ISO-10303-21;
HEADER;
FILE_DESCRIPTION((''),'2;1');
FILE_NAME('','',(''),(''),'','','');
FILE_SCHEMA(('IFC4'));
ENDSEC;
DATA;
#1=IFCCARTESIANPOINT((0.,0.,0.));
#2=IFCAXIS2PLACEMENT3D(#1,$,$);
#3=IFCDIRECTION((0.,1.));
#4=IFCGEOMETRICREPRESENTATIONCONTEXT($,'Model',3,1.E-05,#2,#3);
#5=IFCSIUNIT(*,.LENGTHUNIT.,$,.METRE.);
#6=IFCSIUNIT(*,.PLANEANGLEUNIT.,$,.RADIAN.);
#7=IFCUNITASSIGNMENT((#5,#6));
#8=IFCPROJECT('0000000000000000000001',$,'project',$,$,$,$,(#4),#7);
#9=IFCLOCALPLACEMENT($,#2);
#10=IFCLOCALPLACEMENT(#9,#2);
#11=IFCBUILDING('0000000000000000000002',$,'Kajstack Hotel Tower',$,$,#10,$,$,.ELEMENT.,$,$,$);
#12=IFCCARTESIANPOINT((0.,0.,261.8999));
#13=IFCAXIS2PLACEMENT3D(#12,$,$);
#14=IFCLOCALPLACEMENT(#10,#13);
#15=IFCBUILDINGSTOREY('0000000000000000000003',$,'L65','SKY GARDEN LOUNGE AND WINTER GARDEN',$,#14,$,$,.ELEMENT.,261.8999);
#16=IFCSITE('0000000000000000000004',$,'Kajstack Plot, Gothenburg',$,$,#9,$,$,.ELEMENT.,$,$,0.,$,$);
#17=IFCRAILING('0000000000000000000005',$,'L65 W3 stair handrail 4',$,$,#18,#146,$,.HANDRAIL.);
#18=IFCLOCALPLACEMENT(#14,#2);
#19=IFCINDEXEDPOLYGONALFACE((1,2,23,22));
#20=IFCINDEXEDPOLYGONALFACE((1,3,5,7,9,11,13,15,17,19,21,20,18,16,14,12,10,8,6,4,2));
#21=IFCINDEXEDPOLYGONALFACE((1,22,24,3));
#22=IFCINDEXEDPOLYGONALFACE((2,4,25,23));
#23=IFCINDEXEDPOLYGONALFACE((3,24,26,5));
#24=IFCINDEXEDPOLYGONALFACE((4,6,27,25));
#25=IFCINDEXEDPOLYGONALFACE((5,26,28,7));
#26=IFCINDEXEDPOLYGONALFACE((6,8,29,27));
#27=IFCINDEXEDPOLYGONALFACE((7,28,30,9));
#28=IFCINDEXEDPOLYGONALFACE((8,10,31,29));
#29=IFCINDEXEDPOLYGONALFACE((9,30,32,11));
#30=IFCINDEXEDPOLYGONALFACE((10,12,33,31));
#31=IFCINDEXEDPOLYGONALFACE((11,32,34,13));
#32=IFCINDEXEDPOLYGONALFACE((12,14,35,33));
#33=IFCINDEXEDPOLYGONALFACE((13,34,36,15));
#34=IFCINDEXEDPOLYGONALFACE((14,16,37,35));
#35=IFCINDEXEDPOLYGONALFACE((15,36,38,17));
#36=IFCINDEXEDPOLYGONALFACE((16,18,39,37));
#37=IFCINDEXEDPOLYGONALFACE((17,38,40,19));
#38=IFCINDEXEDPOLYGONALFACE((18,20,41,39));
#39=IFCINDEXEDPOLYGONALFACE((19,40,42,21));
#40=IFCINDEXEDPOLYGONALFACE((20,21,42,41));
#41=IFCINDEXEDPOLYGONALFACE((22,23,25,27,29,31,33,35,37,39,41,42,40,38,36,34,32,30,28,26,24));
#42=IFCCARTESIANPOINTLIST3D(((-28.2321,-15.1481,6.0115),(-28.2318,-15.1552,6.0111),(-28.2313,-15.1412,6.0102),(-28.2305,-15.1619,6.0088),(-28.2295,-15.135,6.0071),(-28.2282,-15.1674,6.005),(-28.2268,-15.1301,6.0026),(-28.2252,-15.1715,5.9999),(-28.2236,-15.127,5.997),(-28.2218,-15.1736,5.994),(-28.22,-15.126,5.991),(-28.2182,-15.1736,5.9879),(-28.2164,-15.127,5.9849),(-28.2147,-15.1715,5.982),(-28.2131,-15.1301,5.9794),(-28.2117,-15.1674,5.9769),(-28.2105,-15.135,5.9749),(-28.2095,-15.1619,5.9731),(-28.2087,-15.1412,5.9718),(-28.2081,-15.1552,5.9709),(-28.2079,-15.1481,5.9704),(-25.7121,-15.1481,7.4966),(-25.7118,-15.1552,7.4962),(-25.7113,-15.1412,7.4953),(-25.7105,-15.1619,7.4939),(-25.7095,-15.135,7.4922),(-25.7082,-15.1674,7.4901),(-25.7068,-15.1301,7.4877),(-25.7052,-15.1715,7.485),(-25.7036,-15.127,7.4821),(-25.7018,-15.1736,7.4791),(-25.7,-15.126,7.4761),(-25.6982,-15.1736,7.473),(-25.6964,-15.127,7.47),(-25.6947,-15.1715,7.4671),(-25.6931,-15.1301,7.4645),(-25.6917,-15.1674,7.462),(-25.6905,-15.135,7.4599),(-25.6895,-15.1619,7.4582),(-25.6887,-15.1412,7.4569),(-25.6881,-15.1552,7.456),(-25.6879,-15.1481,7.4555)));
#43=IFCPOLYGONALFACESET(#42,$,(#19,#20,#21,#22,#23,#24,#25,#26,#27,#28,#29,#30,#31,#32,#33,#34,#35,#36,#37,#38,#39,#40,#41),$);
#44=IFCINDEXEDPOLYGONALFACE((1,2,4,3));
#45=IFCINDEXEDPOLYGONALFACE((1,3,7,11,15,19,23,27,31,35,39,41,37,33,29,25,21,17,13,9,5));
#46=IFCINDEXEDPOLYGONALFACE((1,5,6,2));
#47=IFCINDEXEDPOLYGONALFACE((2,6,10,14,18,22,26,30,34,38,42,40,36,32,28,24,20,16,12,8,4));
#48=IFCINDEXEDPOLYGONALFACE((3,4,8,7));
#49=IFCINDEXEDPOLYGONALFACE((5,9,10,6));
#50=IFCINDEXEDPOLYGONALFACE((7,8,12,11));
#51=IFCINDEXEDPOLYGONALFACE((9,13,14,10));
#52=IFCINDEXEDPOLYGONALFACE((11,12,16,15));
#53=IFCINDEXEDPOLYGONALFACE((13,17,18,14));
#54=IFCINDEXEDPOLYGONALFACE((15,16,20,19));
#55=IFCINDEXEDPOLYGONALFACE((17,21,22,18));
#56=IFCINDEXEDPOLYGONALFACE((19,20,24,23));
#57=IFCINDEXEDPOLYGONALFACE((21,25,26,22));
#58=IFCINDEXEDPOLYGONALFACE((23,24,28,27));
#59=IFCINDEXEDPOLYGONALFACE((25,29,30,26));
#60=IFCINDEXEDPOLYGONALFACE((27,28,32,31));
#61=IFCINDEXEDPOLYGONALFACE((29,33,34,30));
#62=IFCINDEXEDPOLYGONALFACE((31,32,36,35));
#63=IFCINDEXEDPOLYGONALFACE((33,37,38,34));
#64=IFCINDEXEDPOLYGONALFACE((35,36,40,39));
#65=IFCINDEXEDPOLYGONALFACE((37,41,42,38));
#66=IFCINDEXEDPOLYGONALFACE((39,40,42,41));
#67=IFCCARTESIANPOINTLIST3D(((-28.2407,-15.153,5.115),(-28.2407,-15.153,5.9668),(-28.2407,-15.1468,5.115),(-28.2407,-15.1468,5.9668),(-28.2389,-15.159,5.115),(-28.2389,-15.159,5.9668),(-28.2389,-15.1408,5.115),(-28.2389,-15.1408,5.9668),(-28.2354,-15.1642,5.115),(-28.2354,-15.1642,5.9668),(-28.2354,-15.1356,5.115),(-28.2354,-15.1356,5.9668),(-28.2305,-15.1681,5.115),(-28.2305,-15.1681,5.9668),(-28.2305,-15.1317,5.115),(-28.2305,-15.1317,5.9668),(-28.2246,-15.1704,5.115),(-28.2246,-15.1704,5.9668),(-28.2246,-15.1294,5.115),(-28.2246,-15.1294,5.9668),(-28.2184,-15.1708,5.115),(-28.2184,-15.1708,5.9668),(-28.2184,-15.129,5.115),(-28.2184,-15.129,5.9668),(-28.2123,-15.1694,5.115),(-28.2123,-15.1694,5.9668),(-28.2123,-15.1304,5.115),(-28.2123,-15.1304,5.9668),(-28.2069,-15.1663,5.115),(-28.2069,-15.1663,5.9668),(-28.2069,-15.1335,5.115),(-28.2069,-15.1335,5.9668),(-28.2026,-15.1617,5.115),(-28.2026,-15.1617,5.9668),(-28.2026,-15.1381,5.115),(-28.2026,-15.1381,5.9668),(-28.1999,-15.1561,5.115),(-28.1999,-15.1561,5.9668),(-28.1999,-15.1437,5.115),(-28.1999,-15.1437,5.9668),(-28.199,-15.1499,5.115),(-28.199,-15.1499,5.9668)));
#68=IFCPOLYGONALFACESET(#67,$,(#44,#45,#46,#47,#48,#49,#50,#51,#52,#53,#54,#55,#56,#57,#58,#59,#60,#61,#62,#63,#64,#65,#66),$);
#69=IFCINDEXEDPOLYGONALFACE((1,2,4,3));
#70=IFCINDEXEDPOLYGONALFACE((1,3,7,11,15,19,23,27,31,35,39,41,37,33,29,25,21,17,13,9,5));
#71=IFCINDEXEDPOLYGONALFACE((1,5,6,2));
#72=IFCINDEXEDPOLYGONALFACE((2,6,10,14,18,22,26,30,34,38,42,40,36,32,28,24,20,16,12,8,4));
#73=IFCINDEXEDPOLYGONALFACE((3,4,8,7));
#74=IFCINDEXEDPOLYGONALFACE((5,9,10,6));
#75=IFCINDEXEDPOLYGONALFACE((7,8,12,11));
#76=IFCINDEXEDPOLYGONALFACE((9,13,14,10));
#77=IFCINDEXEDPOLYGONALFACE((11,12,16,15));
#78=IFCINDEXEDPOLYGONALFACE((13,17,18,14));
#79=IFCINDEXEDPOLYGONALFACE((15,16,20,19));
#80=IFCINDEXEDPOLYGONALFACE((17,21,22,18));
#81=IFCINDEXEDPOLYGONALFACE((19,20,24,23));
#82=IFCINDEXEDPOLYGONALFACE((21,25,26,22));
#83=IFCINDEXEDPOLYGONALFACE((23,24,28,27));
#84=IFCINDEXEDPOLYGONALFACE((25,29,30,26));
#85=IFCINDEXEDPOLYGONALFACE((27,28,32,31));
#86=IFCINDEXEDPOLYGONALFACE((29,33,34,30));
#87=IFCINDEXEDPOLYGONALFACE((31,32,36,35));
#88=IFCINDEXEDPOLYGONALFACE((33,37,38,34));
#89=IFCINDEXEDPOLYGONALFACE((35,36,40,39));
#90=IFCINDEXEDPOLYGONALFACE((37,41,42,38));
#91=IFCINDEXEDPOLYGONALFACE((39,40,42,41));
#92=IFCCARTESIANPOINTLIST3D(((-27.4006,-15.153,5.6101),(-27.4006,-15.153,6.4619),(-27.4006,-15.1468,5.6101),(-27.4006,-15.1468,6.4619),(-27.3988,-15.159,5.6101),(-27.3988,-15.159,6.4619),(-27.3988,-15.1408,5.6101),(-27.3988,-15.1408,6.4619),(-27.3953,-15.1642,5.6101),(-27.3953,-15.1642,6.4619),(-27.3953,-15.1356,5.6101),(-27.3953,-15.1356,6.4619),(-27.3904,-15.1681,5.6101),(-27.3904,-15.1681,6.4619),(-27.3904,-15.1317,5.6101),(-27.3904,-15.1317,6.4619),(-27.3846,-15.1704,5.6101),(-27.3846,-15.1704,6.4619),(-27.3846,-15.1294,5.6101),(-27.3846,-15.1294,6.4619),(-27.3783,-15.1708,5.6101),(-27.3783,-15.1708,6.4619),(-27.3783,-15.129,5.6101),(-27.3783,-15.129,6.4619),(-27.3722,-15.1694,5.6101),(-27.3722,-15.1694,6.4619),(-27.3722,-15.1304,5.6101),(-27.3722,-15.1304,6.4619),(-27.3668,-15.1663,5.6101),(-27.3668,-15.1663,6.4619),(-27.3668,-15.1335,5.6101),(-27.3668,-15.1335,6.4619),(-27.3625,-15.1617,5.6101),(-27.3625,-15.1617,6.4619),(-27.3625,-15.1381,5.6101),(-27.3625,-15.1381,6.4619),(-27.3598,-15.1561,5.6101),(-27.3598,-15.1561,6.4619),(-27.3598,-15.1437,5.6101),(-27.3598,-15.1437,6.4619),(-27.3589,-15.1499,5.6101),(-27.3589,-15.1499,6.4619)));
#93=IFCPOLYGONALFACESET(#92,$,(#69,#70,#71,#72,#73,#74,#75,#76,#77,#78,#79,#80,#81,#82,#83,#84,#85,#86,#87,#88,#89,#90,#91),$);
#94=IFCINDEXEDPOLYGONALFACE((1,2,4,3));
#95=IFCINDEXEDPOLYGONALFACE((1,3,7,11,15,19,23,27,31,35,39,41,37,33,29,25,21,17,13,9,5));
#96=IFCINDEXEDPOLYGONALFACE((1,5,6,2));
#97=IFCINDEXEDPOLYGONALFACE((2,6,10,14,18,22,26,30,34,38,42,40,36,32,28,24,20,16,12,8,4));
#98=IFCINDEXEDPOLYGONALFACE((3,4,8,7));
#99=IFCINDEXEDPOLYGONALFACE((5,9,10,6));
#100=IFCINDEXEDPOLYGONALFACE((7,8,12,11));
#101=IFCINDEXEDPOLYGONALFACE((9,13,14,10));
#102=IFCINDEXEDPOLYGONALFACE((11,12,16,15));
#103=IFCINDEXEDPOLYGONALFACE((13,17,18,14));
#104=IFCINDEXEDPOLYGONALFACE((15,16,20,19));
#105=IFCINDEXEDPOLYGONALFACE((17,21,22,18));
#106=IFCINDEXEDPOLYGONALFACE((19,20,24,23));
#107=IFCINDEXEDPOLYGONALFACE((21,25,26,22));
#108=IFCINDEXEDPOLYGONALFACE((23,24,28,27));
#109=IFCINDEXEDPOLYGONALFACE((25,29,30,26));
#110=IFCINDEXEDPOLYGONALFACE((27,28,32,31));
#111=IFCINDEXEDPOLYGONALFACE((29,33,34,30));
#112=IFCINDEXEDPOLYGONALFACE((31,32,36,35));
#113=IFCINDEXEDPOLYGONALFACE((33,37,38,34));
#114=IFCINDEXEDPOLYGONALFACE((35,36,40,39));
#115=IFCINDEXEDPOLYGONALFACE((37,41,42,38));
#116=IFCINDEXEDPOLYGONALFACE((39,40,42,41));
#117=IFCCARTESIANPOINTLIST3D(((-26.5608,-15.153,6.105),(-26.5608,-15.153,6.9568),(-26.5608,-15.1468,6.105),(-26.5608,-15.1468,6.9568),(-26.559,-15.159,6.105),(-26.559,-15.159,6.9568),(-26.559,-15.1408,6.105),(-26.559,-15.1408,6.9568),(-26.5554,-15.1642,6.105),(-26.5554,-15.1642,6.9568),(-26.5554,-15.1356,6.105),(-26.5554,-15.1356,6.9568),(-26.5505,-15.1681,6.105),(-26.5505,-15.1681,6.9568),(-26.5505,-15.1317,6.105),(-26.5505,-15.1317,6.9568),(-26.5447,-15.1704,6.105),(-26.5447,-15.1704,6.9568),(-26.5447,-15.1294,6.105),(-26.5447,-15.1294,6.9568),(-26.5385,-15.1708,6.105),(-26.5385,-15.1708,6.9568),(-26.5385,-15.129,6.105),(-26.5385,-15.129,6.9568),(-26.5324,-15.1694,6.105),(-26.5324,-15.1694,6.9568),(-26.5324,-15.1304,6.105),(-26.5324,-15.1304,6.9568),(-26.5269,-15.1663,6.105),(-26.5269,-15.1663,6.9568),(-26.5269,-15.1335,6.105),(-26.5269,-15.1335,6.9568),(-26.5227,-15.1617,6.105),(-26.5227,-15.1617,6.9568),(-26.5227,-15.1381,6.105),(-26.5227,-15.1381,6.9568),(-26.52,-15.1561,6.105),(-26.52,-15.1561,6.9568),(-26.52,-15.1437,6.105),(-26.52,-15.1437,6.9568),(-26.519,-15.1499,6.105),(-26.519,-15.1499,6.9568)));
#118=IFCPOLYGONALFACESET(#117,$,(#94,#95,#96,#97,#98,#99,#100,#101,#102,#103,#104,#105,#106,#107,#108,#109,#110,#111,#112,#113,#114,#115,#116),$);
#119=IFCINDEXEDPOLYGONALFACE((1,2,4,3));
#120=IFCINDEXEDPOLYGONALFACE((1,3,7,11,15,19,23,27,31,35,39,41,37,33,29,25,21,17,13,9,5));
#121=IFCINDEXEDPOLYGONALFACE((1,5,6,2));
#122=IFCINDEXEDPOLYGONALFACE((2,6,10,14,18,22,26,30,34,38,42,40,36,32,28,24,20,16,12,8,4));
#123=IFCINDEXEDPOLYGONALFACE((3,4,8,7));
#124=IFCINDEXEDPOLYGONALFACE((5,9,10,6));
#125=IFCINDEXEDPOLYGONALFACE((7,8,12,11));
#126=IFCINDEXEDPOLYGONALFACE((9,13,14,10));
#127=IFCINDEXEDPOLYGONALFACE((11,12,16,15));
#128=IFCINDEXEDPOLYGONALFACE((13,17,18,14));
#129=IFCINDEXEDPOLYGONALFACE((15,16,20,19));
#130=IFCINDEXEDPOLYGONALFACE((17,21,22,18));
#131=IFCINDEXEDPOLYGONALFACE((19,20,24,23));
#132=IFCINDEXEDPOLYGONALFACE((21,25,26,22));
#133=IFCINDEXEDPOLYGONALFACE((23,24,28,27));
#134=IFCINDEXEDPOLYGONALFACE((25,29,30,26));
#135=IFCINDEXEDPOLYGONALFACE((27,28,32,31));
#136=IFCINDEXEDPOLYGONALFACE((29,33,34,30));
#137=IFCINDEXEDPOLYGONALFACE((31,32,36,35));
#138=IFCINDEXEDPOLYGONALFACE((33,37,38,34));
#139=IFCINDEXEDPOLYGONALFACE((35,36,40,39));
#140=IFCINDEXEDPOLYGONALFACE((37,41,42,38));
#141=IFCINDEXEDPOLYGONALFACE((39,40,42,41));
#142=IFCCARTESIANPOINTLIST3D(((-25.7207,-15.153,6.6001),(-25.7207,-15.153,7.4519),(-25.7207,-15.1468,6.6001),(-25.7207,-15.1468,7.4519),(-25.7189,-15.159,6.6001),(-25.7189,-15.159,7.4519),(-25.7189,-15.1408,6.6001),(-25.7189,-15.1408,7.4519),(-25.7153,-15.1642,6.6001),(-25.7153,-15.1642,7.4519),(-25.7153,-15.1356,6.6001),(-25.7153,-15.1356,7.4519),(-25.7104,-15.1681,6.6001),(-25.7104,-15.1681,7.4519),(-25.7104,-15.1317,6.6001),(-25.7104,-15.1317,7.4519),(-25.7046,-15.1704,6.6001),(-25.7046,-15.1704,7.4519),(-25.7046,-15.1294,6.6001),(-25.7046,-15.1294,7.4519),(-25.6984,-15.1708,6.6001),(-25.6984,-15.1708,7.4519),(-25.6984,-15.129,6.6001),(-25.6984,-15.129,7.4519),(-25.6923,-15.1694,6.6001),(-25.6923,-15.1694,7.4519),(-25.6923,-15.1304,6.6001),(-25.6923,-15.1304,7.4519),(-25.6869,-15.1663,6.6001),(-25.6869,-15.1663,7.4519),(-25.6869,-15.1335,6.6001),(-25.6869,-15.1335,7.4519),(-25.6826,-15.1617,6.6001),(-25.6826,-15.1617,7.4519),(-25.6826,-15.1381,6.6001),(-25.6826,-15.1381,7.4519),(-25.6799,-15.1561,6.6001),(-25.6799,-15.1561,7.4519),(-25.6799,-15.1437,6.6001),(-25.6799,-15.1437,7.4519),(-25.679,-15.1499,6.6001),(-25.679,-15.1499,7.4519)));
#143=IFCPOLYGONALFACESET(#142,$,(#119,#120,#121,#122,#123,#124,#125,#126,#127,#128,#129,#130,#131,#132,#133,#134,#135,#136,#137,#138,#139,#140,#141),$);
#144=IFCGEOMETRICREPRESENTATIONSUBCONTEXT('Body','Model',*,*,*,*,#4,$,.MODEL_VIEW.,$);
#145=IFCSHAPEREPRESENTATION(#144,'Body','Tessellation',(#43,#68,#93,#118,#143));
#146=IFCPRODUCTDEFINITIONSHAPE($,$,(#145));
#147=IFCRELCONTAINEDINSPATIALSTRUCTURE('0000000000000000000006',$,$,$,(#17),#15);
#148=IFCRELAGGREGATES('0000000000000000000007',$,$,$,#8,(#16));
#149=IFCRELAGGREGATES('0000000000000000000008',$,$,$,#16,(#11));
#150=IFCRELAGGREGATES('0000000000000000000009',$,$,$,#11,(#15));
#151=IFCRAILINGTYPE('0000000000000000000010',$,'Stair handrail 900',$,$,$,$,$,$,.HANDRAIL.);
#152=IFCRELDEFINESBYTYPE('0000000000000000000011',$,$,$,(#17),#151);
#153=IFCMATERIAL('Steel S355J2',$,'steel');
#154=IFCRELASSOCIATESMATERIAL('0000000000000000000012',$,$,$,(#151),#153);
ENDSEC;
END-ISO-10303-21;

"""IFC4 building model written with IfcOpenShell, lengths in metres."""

from ifc_helpers import new_model, si_unit, direction, frame, origin, origin_2d, place, context, subcontext, project, spatial, circle, extrude, material, type_object, element, save


model = new_model("IFC4")

# Units and contexts
model_context = context("Model", 3, precision=1e-05, world=origin(), true_north=direction((0.0, 1.0)))
body_context = subcontext(model_context, "Body", "Model", "MODEL_VIEW")
ifc_project = project(units=[si_unit("LENGTHUNIT", "METRE"), si_unit("PLANEANGLEUNIT", "RADIAN")], contexts=[model_context])

# Site, building, storey
site_placement = place(None, origin())
site = spatial("IfcSite", under=ifc_project, at=site_placement, Name="Kajstack Plot, Gothenburg", CompositionType="ELEMENT", RefElevation=0.0)
building_placement = place(site_placement, origin())
building = spatial("IfcBuilding", under=site, at=building_placement, Name="Kajstack Hotel Tower", CompositionType="ELEMENT")
storey_placement = place(building_placement, frame((0.0, 0.0, 261.8999)))
storey = spatial("IfcBuildingStorey", under=building, at=storey_placement, Name="L65", Description="SKY GARDEN LOUNGE AND WINTER GARDEN", CompositionType="ELEMENT", Elevation=261.8999)

# Railing
ifc_material_1 = material(Name="Steel S355J2", Category="steel")
railing_type_1 = type_object("IfcRailingType", Name="Stair handrail 900", PredefinedType="HANDRAIL", material=ifc_material_1)
railing_1_placement = place(storey_placement, frame((-28.22, -15.1499, 5.115)))
element("IfcRailing", 1, at=railing_1_placement, inside=storey, type_object=railing_type_1, Name="L65 W3 stair handrail 4", PredefinedType="HANDRAIL", context=body_context, shape_type="SweptSolid", body=[
    extrude(circle(Radius=0.0239, at=origin_2d()), frame((0.0, 0.0, 0.876), z_axis=(0.861524, 0.0, 0.507717), x_axis=(0.0, 1.0, 0.0)), (0.0, 0.0, 1.0), 2.925),
    extrude(circle(Radius=0.021, at=origin_2d()), origin(), (0.0, 0.0, 1.0), 0.8518),
    extrude(circle(Radius=0.021, at=origin_2d()), frame((0.8401, 0.0, 0.4951)), (0.0, 0.0, 1.0), 0.8518),
    extrude(circle(Radius=0.021, at=origin_2d()), frame((1.6799, 0.0, 0.99)), (0.0, 0.0, 1.0), 0.8518),
    extrude(circle(Radius=0.021, at=origin_2d()), frame((2.52, 0.0, 1.4851)), (0.0, 0.0, 1.0), 0.8518),
])

save(model, "model.ifc")
